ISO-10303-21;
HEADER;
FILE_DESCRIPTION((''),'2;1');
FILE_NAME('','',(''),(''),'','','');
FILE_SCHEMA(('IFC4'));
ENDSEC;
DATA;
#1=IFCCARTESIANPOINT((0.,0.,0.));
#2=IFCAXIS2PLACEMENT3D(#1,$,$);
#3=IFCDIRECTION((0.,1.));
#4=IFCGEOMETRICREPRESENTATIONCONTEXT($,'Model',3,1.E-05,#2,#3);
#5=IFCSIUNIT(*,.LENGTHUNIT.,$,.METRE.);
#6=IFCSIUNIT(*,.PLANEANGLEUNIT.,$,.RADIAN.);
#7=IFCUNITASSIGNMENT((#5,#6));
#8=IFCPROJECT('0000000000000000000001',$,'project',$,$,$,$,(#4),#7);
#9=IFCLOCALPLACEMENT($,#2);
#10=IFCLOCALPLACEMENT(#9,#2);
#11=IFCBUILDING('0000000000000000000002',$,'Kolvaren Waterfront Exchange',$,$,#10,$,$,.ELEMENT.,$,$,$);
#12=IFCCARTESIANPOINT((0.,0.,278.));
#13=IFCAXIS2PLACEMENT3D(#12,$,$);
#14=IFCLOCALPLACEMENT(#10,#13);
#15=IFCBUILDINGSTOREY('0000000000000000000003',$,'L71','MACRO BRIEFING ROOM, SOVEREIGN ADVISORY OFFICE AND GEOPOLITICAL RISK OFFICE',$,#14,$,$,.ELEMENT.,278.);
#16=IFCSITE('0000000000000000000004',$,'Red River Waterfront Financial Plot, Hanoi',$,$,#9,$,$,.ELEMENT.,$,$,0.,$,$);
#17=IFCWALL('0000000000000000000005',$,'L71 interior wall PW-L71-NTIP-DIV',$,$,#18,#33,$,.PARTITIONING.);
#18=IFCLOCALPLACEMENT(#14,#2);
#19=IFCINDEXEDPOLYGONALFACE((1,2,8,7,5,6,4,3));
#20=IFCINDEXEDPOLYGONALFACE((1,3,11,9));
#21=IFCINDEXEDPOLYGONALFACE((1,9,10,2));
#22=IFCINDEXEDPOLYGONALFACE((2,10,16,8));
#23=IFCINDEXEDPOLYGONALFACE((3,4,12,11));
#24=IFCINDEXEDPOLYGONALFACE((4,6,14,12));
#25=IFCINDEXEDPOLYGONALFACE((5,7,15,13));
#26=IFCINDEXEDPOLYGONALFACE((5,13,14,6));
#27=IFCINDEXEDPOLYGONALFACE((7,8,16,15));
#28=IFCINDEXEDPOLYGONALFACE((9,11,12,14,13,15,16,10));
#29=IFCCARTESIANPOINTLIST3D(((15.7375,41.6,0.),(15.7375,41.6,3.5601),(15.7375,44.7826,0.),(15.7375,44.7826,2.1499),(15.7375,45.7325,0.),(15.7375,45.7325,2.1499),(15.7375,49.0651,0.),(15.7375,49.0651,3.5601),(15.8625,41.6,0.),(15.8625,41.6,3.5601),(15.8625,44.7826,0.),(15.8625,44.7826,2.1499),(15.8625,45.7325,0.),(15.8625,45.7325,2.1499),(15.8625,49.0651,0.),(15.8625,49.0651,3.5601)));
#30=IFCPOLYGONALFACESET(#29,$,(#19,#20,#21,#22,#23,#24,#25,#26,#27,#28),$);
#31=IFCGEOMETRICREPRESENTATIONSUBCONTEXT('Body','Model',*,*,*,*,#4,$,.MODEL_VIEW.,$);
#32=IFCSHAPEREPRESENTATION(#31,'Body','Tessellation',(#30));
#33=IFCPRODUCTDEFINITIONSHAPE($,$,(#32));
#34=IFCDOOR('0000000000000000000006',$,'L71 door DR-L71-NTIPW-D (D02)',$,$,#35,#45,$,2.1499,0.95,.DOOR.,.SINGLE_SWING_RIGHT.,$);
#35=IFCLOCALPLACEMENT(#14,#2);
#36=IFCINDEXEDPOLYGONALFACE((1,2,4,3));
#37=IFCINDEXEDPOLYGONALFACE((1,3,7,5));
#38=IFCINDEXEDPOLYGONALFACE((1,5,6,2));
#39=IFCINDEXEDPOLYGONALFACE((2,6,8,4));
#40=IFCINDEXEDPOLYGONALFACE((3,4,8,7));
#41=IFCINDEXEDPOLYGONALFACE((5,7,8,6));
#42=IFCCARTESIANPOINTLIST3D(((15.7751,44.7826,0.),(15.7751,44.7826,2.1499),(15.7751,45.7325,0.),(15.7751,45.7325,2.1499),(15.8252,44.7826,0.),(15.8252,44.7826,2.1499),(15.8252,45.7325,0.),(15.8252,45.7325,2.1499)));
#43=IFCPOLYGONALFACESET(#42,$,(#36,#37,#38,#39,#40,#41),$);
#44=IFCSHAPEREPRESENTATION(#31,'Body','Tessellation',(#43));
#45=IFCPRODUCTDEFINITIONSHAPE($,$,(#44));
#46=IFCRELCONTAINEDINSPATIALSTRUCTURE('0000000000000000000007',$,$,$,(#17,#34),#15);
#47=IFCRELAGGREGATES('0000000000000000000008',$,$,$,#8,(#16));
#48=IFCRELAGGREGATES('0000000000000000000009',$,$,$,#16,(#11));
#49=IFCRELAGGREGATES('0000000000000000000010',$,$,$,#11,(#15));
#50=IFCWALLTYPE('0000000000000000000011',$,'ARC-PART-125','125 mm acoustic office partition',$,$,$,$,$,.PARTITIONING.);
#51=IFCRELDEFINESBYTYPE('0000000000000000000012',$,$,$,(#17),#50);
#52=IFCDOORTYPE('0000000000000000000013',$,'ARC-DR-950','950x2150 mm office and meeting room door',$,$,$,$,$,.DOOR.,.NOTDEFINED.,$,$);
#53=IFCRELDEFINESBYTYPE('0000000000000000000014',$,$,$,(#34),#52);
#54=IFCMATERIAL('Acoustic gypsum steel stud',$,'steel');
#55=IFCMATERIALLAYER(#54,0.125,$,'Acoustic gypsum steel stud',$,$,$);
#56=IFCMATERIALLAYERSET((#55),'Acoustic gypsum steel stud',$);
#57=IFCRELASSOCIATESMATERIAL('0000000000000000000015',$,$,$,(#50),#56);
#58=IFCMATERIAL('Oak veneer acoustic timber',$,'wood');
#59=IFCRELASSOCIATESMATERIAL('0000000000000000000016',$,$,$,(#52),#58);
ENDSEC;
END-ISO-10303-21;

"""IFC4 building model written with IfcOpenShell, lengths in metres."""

from ifc_helpers import new_model, si_unit, direction, frame, frame_2d, origin, place, context, subcontext, project, spatial, rectangle, extrude, material, layer, layer_set, type_object, element, fill, save


model = new_model("IFC4")

# Units and contexts
model_context = context("Model", 3, precision=1e-05, world=origin(), true_north=direction((0.0, 1.0)))
body_context = subcontext(model_context, "Body", "Model", "MODEL_VIEW")
ifc_project = project(units=[si_unit("LENGTHUNIT", "METRE"), si_unit("PLANEANGLEUNIT", "RADIAN")], contexts=[model_context])

# Site, building, storey
site_placement = place(None, origin())
site = spatial("IfcSite", under=ifc_project, at=site_placement, Name="Red River Waterfront Financial Plot, Hanoi", CompositionType="ELEMENT", RefElevation=0.0)
building_placement = place(site_placement, origin())
building = spatial("IfcBuilding", under=site, at=building_placement, Name="Kolvaren Waterfront Exchange", CompositionType="ELEMENT")
storey_placement = place(building_placement, frame((0.0, 0.0, 278.0)))
storey = spatial("IfcBuildingStorey", under=building, at=storey_placement, Name="L71", Description="MACRO BRIEFING ROOM, SOVEREIGN ADVISORY OFFICE AND GEOPOLITICAL RISK OFFICE", CompositionType="ELEMENT", Elevation=278.0)

# Shared definitions
ifc_material_1 = material(Name="Acoustic gypsum steel stud", Category="steel")
ifc_layer_1 = layer(ifc_material_1, 0.125, Name="Acoustic gypsum steel stud")
ifc_layer_set_1 = layer_set([ifc_layer_1], Name="Acoustic gypsum steel stud")
wall_type_1 = type_object("IfcWallType", Name="ARC-PART-125", Description="125 mm acoustic office partition", PredefinedType="PARTITIONING", material=ifc_layer_set_1)

# Wall, opening, door
wall_1_placement = place(storey_placement, frame((15.8, 41.6001, 0.0), z_axis=(0.0, 0.0, 1.0), x_axis=(0.0, 1.0, 0.0)))
wall_1 = element("IfcWall", 1, at=wall_1_placement, inside=storey, type_object=wall_type_1, Name="L71 interior wall PW-L71-NTIP-DIV", PredefinedType="PARTITIONING", context=body_context, shape_type="SweptSolid", body=[
    extrude(rectangle(XDim=7.4651, YDim=0.125, at=frame_2d((3.7324, 0.0))), origin(), (0.0, 0.0, 1.0), 3.5601),
])
opening_1_placement = place(wall_1_placement, frame((3.1824, 0.0, 0.0)))
opening_1 = element("IfcOpeningElement", 2, at=opening_1_placement, cuts=wall_1, PredefinedType="OPENING", context=body_context, shape_type="SweptSolid", body=[
    extrude(rectangle(XDim=0.95, YDim=2.1499, at=frame_2d((0.4751, 1.075))), frame((0.0, 0.0725, 0.0), z_axis=(0.0, -1.0, 0.0), x_axis=(1.0, 0.0, 0.0)), (0.0, 0.0, 1.0), 0.145),
])
ifc_material_2 = material(Name="Oak veneer acoustic timber", Category="wood")
door_type_1 = type_object("IfcDoorType", Name="ARC-DR-950", Description="950x2150 mm office and meeting room door", OperationType="NOTDEFINED", PredefinedType="DOOR", material=ifc_material_2)
door_1_placement = place(opening_1_placement, origin())
door_1 = element("IfcDoor", 3, at=door_1_placement, inside=storey, type_object=door_type_1, Name="L71 door DR-L71-NTIPW-D (D02)", OperationType="SINGLE_SWING_RIGHT", OverallHeight=2.1499, OverallWidth=0.95, PredefinedType="DOOR", context=body_context, shape_type="SweptSolid", body=[
    extrude(rectangle(XDim=0.95, YDim=2.1499, at=frame_2d((0.4751, 1.075))), frame((0.0, 0.0249, 0.0), z_axis=(0.0, -1.0, 0.0), x_axis=(1.0, 0.0, 0.0)), (0.0, 0.0, 1.0), 0.05),
])
fill(opening_1, door_1)

save(model, "model.ifc")
